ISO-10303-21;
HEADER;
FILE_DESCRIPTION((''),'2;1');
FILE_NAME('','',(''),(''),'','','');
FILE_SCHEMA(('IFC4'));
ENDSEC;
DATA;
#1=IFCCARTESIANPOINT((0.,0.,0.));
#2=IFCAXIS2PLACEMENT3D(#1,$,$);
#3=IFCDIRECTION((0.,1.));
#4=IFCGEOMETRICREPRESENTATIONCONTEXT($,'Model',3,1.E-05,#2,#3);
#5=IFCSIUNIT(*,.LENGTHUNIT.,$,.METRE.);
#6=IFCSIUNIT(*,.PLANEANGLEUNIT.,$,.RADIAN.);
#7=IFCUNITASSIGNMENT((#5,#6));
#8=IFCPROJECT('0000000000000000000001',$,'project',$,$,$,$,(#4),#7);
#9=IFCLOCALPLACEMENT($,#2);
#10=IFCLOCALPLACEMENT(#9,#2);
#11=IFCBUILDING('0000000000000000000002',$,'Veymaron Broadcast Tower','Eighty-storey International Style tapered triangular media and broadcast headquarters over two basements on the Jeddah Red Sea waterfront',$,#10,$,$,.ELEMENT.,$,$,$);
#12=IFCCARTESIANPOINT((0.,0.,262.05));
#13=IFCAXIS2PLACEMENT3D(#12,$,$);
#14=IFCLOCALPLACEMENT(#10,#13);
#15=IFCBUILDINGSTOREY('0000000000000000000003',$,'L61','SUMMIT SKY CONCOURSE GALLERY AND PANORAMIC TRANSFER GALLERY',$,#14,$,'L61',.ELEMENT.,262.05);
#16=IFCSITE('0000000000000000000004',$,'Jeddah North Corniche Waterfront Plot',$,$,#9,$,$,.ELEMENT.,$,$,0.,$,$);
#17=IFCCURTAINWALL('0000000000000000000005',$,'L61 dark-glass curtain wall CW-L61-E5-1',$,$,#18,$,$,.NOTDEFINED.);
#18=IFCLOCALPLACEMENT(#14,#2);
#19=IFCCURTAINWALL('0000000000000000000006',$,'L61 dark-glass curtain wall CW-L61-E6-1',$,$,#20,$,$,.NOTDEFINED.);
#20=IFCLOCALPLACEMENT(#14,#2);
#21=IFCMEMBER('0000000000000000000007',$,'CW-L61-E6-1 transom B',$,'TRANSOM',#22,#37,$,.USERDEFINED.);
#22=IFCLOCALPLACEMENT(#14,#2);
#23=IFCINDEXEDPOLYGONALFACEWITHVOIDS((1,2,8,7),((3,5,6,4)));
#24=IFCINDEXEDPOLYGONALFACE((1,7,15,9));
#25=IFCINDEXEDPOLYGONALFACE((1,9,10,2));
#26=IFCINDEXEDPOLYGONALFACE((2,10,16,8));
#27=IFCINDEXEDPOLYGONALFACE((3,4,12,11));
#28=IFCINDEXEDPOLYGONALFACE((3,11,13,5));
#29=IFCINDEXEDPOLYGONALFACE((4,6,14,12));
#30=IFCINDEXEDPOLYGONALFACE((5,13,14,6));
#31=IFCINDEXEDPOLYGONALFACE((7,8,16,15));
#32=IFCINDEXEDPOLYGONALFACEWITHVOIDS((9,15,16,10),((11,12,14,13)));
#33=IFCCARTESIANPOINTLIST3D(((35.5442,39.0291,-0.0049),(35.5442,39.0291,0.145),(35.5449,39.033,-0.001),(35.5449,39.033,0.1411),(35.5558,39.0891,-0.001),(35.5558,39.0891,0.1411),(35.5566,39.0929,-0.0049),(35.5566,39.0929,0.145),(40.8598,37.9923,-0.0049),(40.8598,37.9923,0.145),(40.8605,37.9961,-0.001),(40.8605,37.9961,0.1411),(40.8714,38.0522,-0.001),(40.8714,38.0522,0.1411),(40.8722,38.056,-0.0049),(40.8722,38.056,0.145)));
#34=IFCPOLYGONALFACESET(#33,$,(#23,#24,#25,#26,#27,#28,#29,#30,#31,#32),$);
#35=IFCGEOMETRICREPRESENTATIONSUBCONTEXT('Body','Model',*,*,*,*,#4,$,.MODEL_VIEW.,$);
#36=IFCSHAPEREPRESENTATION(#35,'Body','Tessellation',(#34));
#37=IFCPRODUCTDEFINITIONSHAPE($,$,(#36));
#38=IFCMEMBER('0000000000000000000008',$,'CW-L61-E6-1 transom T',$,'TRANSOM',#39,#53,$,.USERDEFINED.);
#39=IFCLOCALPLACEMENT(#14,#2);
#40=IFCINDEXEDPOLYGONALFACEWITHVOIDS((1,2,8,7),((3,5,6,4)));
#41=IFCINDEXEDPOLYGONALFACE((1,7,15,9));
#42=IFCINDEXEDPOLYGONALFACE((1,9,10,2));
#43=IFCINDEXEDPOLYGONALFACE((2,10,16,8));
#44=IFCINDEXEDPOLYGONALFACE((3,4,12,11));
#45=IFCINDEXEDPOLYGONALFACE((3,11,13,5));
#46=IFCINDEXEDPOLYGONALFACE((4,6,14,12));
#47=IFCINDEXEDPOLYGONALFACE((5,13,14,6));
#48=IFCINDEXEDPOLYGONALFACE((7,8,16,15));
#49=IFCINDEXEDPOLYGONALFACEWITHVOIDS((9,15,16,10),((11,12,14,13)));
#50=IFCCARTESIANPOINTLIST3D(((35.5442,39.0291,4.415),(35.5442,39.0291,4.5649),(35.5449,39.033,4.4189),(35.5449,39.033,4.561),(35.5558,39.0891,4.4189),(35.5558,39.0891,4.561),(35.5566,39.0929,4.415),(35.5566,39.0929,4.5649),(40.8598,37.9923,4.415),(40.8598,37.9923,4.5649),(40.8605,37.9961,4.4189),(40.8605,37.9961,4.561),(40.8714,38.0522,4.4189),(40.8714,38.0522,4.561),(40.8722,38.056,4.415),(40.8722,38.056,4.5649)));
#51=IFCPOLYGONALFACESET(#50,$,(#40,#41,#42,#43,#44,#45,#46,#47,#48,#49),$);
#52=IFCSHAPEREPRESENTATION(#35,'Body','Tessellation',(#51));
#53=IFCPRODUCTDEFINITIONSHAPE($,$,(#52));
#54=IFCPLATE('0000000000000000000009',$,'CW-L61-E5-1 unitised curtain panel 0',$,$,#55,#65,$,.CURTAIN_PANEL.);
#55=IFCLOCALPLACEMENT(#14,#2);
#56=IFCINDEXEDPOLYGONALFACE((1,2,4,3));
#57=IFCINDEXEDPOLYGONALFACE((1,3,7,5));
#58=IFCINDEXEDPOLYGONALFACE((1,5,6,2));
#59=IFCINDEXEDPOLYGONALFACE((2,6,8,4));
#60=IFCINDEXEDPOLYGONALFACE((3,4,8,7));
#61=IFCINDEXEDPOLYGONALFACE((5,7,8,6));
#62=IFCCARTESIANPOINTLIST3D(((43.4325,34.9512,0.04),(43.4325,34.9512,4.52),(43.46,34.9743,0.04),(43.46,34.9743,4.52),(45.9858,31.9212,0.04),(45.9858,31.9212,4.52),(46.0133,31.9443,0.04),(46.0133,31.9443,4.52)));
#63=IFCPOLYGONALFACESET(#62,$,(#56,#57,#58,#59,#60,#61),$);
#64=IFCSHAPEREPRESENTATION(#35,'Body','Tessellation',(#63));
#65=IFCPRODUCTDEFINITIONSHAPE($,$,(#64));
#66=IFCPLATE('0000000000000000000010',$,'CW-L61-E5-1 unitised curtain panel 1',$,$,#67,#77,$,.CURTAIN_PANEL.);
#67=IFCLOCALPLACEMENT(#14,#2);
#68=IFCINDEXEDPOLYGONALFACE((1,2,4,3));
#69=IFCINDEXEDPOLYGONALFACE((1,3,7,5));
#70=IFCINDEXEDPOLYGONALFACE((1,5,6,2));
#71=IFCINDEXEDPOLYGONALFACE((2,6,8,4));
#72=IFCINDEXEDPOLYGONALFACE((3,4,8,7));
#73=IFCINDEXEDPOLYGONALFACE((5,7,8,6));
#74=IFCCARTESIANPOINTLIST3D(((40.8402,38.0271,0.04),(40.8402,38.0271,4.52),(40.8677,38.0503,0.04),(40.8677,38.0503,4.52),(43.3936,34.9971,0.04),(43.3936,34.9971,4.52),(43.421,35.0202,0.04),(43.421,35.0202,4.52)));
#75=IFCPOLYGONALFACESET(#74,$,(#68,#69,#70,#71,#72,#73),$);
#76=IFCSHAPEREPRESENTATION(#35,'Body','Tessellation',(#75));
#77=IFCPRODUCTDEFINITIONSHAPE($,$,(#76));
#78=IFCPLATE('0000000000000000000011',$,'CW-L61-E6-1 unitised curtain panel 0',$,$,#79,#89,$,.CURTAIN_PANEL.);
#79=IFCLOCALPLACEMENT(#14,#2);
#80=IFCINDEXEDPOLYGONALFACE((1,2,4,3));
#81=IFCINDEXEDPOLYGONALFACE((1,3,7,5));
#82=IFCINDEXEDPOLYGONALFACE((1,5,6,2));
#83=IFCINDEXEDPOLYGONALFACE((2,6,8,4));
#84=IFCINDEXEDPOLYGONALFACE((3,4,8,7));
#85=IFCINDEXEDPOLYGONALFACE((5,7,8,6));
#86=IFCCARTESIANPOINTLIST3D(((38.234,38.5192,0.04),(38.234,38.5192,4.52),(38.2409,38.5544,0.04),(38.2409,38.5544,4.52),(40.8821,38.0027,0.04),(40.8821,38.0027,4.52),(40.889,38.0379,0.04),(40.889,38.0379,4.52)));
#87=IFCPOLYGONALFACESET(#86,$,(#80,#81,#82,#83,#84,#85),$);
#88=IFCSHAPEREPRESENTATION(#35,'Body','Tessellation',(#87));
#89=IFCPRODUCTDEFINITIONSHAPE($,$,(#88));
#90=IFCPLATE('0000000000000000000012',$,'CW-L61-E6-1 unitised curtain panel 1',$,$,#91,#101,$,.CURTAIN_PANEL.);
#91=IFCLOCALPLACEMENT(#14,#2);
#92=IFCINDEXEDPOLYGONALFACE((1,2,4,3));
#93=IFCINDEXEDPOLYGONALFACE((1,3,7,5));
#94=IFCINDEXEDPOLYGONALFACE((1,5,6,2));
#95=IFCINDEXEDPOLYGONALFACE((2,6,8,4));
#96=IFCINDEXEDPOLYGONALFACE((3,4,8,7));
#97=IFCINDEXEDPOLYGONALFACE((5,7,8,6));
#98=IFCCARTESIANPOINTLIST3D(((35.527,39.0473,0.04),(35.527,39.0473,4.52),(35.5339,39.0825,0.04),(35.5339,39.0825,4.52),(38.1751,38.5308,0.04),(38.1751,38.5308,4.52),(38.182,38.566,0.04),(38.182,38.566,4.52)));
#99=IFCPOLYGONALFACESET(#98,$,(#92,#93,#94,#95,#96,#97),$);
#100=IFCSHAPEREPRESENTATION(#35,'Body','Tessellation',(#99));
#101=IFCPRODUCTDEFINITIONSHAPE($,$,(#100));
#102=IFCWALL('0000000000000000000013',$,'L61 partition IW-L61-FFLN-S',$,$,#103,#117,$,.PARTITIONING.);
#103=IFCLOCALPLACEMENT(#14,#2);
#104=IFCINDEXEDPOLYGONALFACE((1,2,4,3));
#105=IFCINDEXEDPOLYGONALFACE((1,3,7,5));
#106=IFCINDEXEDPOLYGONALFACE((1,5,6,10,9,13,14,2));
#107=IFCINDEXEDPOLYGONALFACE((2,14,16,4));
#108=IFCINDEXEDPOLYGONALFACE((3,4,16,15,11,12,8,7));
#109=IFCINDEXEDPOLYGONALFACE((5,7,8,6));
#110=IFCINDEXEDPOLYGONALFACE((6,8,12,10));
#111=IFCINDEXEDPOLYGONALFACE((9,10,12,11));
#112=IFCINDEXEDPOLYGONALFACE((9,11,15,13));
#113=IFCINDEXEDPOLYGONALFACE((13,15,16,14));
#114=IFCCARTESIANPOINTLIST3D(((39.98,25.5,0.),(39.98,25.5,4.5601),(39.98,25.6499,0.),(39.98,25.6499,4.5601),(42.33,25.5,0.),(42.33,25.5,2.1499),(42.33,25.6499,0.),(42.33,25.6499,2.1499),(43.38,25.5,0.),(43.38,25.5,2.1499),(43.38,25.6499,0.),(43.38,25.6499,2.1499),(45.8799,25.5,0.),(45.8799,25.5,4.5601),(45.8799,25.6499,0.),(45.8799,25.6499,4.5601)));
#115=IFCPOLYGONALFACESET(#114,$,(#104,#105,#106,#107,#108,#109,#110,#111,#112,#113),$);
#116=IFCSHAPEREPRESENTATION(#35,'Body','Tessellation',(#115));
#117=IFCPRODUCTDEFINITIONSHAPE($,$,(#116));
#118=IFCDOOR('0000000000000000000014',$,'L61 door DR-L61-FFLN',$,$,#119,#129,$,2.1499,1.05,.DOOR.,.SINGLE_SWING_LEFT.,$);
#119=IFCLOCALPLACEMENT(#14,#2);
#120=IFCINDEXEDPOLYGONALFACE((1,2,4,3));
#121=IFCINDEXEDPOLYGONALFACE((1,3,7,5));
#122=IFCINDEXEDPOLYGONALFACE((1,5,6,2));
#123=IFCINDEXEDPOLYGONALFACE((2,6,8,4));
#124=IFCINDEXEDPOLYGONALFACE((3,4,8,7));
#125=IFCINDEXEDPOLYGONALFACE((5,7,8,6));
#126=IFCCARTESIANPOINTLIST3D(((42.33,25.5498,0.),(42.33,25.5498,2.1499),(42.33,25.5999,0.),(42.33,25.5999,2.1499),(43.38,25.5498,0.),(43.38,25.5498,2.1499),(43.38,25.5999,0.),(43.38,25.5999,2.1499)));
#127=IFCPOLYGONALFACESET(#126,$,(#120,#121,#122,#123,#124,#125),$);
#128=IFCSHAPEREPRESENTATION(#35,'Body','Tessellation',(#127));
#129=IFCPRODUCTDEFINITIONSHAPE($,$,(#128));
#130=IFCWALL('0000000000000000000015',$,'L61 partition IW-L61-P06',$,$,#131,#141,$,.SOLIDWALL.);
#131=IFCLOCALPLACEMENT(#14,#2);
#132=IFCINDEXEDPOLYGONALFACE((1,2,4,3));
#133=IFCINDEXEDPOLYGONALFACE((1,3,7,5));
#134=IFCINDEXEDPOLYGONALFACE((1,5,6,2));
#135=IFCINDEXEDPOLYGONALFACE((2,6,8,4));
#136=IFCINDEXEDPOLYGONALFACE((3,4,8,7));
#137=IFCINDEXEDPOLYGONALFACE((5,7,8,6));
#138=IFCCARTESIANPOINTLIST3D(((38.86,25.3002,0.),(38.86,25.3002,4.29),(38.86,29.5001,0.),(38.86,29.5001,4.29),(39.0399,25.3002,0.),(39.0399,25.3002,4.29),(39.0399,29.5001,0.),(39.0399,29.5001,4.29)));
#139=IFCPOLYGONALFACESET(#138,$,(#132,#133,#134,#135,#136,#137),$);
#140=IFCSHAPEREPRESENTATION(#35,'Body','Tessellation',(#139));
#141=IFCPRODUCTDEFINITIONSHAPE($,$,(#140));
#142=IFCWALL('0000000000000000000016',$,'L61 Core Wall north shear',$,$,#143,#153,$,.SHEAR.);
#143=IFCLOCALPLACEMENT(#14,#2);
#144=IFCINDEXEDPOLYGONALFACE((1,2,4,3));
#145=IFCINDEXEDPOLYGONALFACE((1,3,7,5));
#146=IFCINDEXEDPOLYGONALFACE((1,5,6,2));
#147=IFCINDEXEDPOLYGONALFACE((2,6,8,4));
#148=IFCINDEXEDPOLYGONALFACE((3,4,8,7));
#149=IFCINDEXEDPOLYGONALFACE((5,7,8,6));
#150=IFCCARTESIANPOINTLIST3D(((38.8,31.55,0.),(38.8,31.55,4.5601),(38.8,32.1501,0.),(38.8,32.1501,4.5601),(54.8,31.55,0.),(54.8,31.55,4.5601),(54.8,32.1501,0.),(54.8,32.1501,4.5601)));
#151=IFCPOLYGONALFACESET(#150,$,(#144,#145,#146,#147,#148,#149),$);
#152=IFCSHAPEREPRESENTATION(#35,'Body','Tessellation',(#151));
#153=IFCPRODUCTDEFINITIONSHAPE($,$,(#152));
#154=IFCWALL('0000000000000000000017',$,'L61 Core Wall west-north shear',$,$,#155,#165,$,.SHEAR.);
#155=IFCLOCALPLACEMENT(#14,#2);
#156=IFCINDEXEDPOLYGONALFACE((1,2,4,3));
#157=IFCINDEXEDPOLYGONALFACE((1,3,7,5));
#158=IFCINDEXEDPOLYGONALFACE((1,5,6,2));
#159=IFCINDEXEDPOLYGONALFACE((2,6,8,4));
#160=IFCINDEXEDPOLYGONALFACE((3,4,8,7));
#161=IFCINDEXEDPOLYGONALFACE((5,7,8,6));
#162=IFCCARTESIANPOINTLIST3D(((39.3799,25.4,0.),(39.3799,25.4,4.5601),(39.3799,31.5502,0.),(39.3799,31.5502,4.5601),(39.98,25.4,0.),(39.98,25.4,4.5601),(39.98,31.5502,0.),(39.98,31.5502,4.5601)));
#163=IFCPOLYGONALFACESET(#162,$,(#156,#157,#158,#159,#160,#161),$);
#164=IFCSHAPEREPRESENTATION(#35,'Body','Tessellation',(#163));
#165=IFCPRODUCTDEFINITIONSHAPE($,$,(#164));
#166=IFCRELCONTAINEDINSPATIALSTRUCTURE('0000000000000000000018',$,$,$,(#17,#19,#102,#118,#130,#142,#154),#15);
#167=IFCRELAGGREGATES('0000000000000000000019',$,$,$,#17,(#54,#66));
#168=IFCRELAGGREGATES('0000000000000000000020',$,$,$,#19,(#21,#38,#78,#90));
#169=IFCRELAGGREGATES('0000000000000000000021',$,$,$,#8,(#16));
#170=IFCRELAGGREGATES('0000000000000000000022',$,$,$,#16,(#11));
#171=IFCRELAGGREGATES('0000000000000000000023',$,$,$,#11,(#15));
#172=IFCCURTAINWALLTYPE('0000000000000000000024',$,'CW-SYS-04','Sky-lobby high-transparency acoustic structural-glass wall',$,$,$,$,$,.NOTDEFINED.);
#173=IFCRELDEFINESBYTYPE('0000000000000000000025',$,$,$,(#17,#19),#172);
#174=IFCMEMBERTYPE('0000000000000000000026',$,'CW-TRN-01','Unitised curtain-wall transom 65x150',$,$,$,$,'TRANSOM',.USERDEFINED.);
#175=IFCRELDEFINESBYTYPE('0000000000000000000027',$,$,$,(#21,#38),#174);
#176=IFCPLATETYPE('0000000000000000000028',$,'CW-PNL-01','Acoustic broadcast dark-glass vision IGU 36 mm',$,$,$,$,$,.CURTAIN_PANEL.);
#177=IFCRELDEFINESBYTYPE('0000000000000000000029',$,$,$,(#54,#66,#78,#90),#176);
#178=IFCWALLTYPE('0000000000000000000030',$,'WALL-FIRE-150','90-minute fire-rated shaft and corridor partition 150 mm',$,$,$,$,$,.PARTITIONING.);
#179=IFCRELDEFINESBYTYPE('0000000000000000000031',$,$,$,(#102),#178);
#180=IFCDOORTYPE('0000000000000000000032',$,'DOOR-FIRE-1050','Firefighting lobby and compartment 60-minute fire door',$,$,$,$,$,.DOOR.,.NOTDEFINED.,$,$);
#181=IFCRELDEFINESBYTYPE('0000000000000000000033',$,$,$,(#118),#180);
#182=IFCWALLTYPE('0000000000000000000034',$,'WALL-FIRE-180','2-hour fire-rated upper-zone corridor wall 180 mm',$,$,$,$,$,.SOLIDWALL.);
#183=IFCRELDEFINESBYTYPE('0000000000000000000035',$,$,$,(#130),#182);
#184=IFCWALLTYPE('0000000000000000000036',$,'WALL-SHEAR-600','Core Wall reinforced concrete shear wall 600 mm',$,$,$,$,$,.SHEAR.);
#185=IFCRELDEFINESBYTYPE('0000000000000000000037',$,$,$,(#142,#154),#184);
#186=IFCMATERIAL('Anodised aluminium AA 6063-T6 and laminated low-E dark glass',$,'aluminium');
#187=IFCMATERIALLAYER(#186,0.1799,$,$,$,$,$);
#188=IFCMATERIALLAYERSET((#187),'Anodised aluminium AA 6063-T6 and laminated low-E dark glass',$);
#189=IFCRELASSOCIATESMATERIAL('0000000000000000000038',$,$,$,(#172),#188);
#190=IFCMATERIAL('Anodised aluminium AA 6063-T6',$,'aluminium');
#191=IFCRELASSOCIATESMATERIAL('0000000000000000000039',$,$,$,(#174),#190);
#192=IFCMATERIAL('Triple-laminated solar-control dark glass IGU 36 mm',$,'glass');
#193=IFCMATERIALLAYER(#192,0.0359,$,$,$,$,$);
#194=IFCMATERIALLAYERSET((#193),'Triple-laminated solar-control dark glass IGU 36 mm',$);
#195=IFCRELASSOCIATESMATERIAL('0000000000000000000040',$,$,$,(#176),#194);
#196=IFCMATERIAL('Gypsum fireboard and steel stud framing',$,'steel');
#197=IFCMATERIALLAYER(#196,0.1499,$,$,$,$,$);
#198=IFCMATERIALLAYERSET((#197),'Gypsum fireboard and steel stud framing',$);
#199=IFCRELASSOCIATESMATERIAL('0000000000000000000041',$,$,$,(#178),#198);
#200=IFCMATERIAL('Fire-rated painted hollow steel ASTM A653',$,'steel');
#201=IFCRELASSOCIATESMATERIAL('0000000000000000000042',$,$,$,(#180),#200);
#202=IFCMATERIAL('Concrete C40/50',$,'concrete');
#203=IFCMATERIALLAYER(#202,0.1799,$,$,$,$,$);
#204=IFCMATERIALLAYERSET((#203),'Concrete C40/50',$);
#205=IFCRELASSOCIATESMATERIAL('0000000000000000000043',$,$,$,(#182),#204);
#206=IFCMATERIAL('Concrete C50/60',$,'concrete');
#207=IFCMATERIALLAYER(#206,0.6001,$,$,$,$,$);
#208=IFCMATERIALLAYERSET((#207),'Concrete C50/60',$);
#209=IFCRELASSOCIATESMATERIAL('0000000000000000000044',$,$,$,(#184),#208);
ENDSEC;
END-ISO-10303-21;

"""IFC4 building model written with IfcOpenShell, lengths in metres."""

from ifc_helpers import new_model, si_unit, direction, frame, frame_2d, origin, origin_2d, place, context, subcontext, project, spatial, rectangle, hollow_rectangle, extrude, material, layer, layer_set, material_profile, profile_set, type_object, element, fill, aggregate, save


model = new_model("IFC4")

# Units and contexts
model_context = context("Model", 3, precision=1e-05, world=origin(), true_north=direction((0.0, 1.0)))
body_context = subcontext(model_context, "Body", "Model", "MODEL_VIEW")
ifc_project = project(units=[si_unit("LENGTHUNIT", "METRE"), si_unit("PLANEANGLEUNIT", "RADIAN")], contexts=[model_context])

# Site, building, storey
site_placement = place(None, origin())
site = spatial("IfcSite", under=ifc_project, at=site_placement, Name="Jeddah North Corniche Waterfront Plot", CompositionType="ELEMENT", RefElevation=0.0)
building_placement = place(site_placement, origin())
building = spatial("IfcBuilding", under=site, at=building_placement, Name="Veymaron Broadcast Tower", Description="Eighty-storey International Style tapered triangular media and broadcast headquarters over two basements on the Jeddah Red Sea waterfront", CompositionType="ELEMENT")
storey_placement = place(building_placement, frame((0.0, 0.0, 262.05)))
storey = spatial("IfcBuildingStorey", under=building, at=storey_placement, Name="L61", Description="SUMMIT SKY CONCOURSE GALLERY AND PANORAMIC TRANSFER GALLERY", LongName="L61", CompositionType="ELEMENT", Elevation=262.05)

# Curtain walls, members
ifc_material_1 = material(Name="Anodised aluminium AA 6063-T6 and laminated low-E dark glass", Category="aluminium")
ifc_layer_1 = layer(ifc_material_1, 0.1799)
ifc_layer_set_1 = layer_set([ifc_layer_1], Name="Anodised aluminium AA 6063-T6 and laminated low-E dark glass")
curtain_wall_type = type_object("IfcCurtainWallType", Name="CW-SYS-04", Description="Sky-lobby high-transparency acoustic structural-glass wall", PredefinedType="NOTDEFINED", material=ifc_layer_set_1)
curtain_wall_1_placement = place(storey_placement, origin())
curtain_wall_1 = element("IfcCurtainWall", 1, at=curtain_wall_1_placement, inside=storey, type_object=curtain_wall_type, Name="L61 dark-glass curtain wall CW-L61-E5-1", PredefinedType="NOTDEFINED")
ifc_material_2 = material(Name="Anodised aluminium AA 6063-T6", Category="aluminium")
curtain_wall_2_placement = place(storey_placement, origin())
curtain_wall_2 = element("IfcCurtainWall", 2, at=curtain_wall_2_placement, inside=storey, type_object=curtain_wall_type, Name="L61 dark-glass curtain wall CW-L61-E6-1", PredefinedType="NOTDEFINED")
ifc_material_profile_1 = material_profile(ifc_material_2, hollow_rectangle(XDim=0.0649, YDim=0.1499, WallThickness=0.0039, at=origin_2d()), Name="AL150X65X4")
ifc_profile_set_1 = profile_set([ifc_material_profile_1], Name="Anodised aluminium AA 6063-T6")
member_type_1 = type_object("IfcMemberType", Name="CW-TRN-01", Description="Unitised curtain-wall transom 65x150", ElementType="TRANSOM", PredefinedType="USERDEFINED", material=ifc_profile_set_1)
member_1_placement = place(storey_placement, frame((40.866, 38.0242, 0.0701), z_axis=(-0.981502, 0.19145, 0.0), x_axis=(-0.19145, -0.981502, 0.0)))
member_1 = element("IfcMember", 3, at=member_1_placement, type_object=member_type_1, Name="CW-L61-E6-1 transom B", ObjectType="TRANSOM", PredefinedType="USERDEFINED", context=body_context, shape_type="SweptSolid", body=[
    extrude(hollow_rectangle(XDim=0.0649, YDim=0.1499, WallThickness=0.0039, at=origin_2d()), origin(), (0.0, 0.0, 1.0), 5.4158),
])
member_2_placement = place(storey_placement, frame((40.866, 38.0242, 4.49), z_axis=(-0.981502, 0.19145, 0.0), x_axis=(-0.19145, -0.981502, 0.0)))
member_2 = element("IfcMember", 4, at=member_2_placement, type_object=member_type_1, Name="CW-L61-E6-1 transom T", ObjectType="TRANSOM", PredefinedType="USERDEFINED", context=body_context, shape_type="SweptSolid", body=[
    extrude(hollow_rectangle(XDim=0.0649, YDim=0.1499, WallThickness=0.0039, at=origin_2d()), origin(), (0.0, 0.0, 1.0), 5.4158),
])

# Plates
ifc_material_3 = material(Name="Triple-laminated solar-control dark glass IGU 36 mm", Category="glass")
ifc_layer_2 = layer(ifc_material_3, 0.0359)
ifc_layer_set_2 = layer_set([ifc_layer_2], Name="Triple-laminated solar-control dark glass IGU 36 mm")
plate_type = type_object("IfcPlateType", Name="CW-PNL-01", Description="Acoustic broadcast dark-glass vision IGU 36 mm", PredefinedType="CURTAIN_PANEL", material=ifc_layer_set_2)
plate_1_placement = place(storey_placement, frame((44.7229, 33.4478, 0.04), z_axis=(0.0, 0.0, 1.0), x_axis=(-0.644391, 0.764697, 0.0)))
plate_1 = element("IfcPlate", 5, at=plate_1_placement, type_object=plate_type, Name="CW-L61-E5-1 unitised curtain panel 0", PredefinedType="CURTAIN_PANEL", context=body_context, shape_type="SweptSolid", body=[
    extrude(rectangle(XDim=3.9624, YDim=0.0359, at=origin_2d()), origin(), (0.0, 0.0, 1.0), 4.48),
])
plate_2_placement = place(storey_placement, frame((42.1306, 36.5237, 0.04), z_axis=(0.0, 0.0, 1.0), x_axis=(-0.644391, 0.764697, 0.0)))
plate_2 = element("IfcPlate", 6, at=plate_2_placement, type_object=plate_type, Name="CW-L61-E5-1 unitised curtain panel 1", PredefinedType="CURTAIN_PANEL", context=body_context, shape_type="SweptSolid", body=[
    extrude(rectangle(XDim=3.9624, YDim=0.0359, at=origin_2d()), origin(), (0.0, 0.0, 1.0), 4.48),
])
aggregate(curtain_wall_1, [plate_1, plate_2])
plate_3_placement = place(storey_placement, frame((39.5615, 38.2786, 0.04), z_axis=(0.0, 0.0, 1.0), x_axis=(-0.981504, 0.191443, 0.0)))
plate_3 = element("IfcPlate", 7, at=plate_3_placement, type_object=plate_type, Name="CW-L61-E6-1 unitised curtain panel 0", PredefinedType="CURTAIN_PANEL", context=body_context, shape_type="SweptSolid", body=[
    extrude(rectangle(XDim=2.698, YDim=0.0359, at=origin_2d()), origin(), (0.0, 0.0, 1.0), 4.48),
])
plate_4_placement = place(storey_placement, frame((36.8545, 38.8066, 0.04), z_axis=(0.0, 0.0, 1.0), x_axis=(-0.981504, 0.191443, 0.0)))
plate_4 = element("IfcPlate", 8, at=plate_4_placement, type_object=plate_type, Name="CW-L61-E6-1 unitised curtain panel 1", PredefinedType="CURTAIN_PANEL", context=body_context, shape_type="SweptSolid", body=[
    extrude(rectangle(XDim=2.698, YDim=0.0359, at=origin_2d()), origin(), (0.0, 0.0, 1.0), 4.48),
])
aggregate(curtain_wall_2, [member_1, member_2, plate_3, plate_4])

# Wall, opening, door
ifc_material_4 = material(Name="Gypsum fireboard and steel stud framing", Category="steel")
ifc_layer_3 = layer(ifc_material_4, 0.1499)
ifc_layer_set_3 = layer_set([ifc_layer_3], Name="Gypsum fireboard and steel stud framing")
wall_type_1 = type_object("IfcWallType", Name="WALL-FIRE-150", Description="90-minute fire-rated shaft and corridor partition 150 mm", PredefinedType="PARTITIONING", material=ifc_layer_set_3)
wall_1_placement = place(storey_placement, frame((39.98, 25.575, 0.0), z_axis=(0.0, 0.0, 1.0), x_axis=(1.0, 0.0, 0.0)))
wall_1 = element("IfcWall", 9, at=wall_1_placement, inside=storey, type_object=wall_type_1, Name="L61 partition IW-L61-FFLN-S", PredefinedType="PARTITIONING", context=body_context, shape_type="SweptSolid", body=[
    extrude(rectangle(XDim=5.8999, YDim=0.1499, at=frame_2d((2.95, 0.0))), origin(), (0.0, 0.0, 1.0), 4.5601),
])
opening_1_placement = place(wall_1_placement, frame((2.3501, 0.0, 0.0)))
opening_1 = element("IfcOpeningElement", 10, at=opening_1_placement, cuts=wall_1, PredefinedType="OPENING", context=body_context, shape_type="SweptSolid", body=[
    extrude(rectangle(XDim=1.05, YDim=2.1499, at=frame_2d((0.5249, 1.075))), frame((0.0, 0.085, 0.0), z_axis=(0.0, -1.0, 0.0), x_axis=(1.0, 0.0, 0.0)), (0.0, 0.0, 1.0), 0.1699),
])
ifc_material_5 = material(Name="Fire-rated painted hollow steel ASTM A653", Category="steel")
door_type_1 = type_object("IfcDoorType", Name="DOOR-FIRE-1050", Description="Firefighting lobby and compartment 60-minute fire door", OperationType="NOTDEFINED", PredefinedType="DOOR", material=ifc_material_5)
door_1_placement = place(opening_1_placement, origin())
door_1 = element("IfcDoor", 11, at=door_1_placement, inside=storey, type_object=door_type_1, Name="L61 door DR-L61-FFLN", OperationType="SINGLE_SWING_LEFT", OverallHeight=2.1499, OverallWidth=1.05, PredefinedType="DOOR", context=body_context, shape_type="SweptSolid", body=[
    extrude(rectangle(XDim=1.05, YDim=2.1499, at=frame_2d((0.5249, 1.075))), frame((0.0, 0.0249, 0.0), z_axis=(0.0, -1.0, 0.0), x_axis=(1.0, 0.0, 0.0)), (0.0, 0.0, 1.0), 0.05),
])
fill(opening_1, door_1)

# Wall
ifc_material_6 = material(Name="Concrete C40/50", Category="concrete")
ifc_layer_4 = layer(ifc_material_6, 0.1799)
ifc_layer_set_4 = layer_set([ifc_layer_4], Name="Concrete C40/50")
wall_type_2 = type_object("IfcWallType", Name="WALL-FIRE-180", Description="2-hour fire-rated upper-zone corridor wall 180 mm", PredefinedType="SOLIDWALL", material=ifc_layer_set_4)
wall_2_placement = place(storey_placement, frame((38.95, 25.3, 0.0), z_axis=(0.0, 0.0, 1.0), x_axis=(0.0, 1.0, 0.0)))
element("IfcWall", 12, at=wall_2_placement, inside=storey, type_object=wall_type_2, Name="L61 partition IW-L61-P06", PredefinedType="SOLIDWALL", context=body_context, shape_type="SweptSolid", body=[
    extrude(rectangle(XDim=4.2, YDim=0.1799, at=frame_2d((2.1001, 0.0))), origin(), (0.0, 0.0, 1.0), 4.29),
])

# Shared definitions
ifc_material_7 = material(Name="Concrete C50/60", Category="concrete")

# Walls
ifc_layer_5 = layer(ifc_material_7, 0.6001)
ifc_layer_set_5 = layer_set([ifc_layer_5], Name="Concrete C50/60")
wall_type_3 = type_object("IfcWallType", Name="WALL-SHEAR-600", Description="Core Wall reinforced concrete shear wall 600 mm", PredefinedType="SHEAR", material=ifc_layer_set_5)
wall_3_placement = place(storey_placement, frame((38.8, 31.8501, 0.0), z_axis=(0.0, 0.0, 1.0), x_axis=(1.0, 0.0, 0.0)))
element("IfcWall", 13, at=wall_3_placement, inside=storey, type_object=wall_type_3, Name="L61 Core Wall north shear", PredefinedType="SHEAR", context=body_context, shape_type="SweptSolid", body=[
    extrude(rectangle(XDim=16.0, YDim=0.6001, at=frame_2d((8.0, 0.0))), origin(), (0.0, 0.0, 1.0), 4.5601),
])
wall_4_placement = place(storey_placement, frame((39.6799, 25.3999, 0.0), z_axis=(0.0, 0.0, 1.0), x_axis=(0.0, 1.0, 0.0)))
element("IfcWall", 14, at=wall_4_placement, inside=storey, type_object=wall_type_3, Name="L61 Core Wall west-north shear", PredefinedType="SHEAR", context=body_context, shape_type="SweptSolid", body=[
    extrude(rectangle(XDim=6.1501, YDim=0.6001, at=frame_2d((3.0752, 0.0))), origin(), (0.0, 0.0, 1.0), 4.5601),
])

save(model, "model.ifc")
